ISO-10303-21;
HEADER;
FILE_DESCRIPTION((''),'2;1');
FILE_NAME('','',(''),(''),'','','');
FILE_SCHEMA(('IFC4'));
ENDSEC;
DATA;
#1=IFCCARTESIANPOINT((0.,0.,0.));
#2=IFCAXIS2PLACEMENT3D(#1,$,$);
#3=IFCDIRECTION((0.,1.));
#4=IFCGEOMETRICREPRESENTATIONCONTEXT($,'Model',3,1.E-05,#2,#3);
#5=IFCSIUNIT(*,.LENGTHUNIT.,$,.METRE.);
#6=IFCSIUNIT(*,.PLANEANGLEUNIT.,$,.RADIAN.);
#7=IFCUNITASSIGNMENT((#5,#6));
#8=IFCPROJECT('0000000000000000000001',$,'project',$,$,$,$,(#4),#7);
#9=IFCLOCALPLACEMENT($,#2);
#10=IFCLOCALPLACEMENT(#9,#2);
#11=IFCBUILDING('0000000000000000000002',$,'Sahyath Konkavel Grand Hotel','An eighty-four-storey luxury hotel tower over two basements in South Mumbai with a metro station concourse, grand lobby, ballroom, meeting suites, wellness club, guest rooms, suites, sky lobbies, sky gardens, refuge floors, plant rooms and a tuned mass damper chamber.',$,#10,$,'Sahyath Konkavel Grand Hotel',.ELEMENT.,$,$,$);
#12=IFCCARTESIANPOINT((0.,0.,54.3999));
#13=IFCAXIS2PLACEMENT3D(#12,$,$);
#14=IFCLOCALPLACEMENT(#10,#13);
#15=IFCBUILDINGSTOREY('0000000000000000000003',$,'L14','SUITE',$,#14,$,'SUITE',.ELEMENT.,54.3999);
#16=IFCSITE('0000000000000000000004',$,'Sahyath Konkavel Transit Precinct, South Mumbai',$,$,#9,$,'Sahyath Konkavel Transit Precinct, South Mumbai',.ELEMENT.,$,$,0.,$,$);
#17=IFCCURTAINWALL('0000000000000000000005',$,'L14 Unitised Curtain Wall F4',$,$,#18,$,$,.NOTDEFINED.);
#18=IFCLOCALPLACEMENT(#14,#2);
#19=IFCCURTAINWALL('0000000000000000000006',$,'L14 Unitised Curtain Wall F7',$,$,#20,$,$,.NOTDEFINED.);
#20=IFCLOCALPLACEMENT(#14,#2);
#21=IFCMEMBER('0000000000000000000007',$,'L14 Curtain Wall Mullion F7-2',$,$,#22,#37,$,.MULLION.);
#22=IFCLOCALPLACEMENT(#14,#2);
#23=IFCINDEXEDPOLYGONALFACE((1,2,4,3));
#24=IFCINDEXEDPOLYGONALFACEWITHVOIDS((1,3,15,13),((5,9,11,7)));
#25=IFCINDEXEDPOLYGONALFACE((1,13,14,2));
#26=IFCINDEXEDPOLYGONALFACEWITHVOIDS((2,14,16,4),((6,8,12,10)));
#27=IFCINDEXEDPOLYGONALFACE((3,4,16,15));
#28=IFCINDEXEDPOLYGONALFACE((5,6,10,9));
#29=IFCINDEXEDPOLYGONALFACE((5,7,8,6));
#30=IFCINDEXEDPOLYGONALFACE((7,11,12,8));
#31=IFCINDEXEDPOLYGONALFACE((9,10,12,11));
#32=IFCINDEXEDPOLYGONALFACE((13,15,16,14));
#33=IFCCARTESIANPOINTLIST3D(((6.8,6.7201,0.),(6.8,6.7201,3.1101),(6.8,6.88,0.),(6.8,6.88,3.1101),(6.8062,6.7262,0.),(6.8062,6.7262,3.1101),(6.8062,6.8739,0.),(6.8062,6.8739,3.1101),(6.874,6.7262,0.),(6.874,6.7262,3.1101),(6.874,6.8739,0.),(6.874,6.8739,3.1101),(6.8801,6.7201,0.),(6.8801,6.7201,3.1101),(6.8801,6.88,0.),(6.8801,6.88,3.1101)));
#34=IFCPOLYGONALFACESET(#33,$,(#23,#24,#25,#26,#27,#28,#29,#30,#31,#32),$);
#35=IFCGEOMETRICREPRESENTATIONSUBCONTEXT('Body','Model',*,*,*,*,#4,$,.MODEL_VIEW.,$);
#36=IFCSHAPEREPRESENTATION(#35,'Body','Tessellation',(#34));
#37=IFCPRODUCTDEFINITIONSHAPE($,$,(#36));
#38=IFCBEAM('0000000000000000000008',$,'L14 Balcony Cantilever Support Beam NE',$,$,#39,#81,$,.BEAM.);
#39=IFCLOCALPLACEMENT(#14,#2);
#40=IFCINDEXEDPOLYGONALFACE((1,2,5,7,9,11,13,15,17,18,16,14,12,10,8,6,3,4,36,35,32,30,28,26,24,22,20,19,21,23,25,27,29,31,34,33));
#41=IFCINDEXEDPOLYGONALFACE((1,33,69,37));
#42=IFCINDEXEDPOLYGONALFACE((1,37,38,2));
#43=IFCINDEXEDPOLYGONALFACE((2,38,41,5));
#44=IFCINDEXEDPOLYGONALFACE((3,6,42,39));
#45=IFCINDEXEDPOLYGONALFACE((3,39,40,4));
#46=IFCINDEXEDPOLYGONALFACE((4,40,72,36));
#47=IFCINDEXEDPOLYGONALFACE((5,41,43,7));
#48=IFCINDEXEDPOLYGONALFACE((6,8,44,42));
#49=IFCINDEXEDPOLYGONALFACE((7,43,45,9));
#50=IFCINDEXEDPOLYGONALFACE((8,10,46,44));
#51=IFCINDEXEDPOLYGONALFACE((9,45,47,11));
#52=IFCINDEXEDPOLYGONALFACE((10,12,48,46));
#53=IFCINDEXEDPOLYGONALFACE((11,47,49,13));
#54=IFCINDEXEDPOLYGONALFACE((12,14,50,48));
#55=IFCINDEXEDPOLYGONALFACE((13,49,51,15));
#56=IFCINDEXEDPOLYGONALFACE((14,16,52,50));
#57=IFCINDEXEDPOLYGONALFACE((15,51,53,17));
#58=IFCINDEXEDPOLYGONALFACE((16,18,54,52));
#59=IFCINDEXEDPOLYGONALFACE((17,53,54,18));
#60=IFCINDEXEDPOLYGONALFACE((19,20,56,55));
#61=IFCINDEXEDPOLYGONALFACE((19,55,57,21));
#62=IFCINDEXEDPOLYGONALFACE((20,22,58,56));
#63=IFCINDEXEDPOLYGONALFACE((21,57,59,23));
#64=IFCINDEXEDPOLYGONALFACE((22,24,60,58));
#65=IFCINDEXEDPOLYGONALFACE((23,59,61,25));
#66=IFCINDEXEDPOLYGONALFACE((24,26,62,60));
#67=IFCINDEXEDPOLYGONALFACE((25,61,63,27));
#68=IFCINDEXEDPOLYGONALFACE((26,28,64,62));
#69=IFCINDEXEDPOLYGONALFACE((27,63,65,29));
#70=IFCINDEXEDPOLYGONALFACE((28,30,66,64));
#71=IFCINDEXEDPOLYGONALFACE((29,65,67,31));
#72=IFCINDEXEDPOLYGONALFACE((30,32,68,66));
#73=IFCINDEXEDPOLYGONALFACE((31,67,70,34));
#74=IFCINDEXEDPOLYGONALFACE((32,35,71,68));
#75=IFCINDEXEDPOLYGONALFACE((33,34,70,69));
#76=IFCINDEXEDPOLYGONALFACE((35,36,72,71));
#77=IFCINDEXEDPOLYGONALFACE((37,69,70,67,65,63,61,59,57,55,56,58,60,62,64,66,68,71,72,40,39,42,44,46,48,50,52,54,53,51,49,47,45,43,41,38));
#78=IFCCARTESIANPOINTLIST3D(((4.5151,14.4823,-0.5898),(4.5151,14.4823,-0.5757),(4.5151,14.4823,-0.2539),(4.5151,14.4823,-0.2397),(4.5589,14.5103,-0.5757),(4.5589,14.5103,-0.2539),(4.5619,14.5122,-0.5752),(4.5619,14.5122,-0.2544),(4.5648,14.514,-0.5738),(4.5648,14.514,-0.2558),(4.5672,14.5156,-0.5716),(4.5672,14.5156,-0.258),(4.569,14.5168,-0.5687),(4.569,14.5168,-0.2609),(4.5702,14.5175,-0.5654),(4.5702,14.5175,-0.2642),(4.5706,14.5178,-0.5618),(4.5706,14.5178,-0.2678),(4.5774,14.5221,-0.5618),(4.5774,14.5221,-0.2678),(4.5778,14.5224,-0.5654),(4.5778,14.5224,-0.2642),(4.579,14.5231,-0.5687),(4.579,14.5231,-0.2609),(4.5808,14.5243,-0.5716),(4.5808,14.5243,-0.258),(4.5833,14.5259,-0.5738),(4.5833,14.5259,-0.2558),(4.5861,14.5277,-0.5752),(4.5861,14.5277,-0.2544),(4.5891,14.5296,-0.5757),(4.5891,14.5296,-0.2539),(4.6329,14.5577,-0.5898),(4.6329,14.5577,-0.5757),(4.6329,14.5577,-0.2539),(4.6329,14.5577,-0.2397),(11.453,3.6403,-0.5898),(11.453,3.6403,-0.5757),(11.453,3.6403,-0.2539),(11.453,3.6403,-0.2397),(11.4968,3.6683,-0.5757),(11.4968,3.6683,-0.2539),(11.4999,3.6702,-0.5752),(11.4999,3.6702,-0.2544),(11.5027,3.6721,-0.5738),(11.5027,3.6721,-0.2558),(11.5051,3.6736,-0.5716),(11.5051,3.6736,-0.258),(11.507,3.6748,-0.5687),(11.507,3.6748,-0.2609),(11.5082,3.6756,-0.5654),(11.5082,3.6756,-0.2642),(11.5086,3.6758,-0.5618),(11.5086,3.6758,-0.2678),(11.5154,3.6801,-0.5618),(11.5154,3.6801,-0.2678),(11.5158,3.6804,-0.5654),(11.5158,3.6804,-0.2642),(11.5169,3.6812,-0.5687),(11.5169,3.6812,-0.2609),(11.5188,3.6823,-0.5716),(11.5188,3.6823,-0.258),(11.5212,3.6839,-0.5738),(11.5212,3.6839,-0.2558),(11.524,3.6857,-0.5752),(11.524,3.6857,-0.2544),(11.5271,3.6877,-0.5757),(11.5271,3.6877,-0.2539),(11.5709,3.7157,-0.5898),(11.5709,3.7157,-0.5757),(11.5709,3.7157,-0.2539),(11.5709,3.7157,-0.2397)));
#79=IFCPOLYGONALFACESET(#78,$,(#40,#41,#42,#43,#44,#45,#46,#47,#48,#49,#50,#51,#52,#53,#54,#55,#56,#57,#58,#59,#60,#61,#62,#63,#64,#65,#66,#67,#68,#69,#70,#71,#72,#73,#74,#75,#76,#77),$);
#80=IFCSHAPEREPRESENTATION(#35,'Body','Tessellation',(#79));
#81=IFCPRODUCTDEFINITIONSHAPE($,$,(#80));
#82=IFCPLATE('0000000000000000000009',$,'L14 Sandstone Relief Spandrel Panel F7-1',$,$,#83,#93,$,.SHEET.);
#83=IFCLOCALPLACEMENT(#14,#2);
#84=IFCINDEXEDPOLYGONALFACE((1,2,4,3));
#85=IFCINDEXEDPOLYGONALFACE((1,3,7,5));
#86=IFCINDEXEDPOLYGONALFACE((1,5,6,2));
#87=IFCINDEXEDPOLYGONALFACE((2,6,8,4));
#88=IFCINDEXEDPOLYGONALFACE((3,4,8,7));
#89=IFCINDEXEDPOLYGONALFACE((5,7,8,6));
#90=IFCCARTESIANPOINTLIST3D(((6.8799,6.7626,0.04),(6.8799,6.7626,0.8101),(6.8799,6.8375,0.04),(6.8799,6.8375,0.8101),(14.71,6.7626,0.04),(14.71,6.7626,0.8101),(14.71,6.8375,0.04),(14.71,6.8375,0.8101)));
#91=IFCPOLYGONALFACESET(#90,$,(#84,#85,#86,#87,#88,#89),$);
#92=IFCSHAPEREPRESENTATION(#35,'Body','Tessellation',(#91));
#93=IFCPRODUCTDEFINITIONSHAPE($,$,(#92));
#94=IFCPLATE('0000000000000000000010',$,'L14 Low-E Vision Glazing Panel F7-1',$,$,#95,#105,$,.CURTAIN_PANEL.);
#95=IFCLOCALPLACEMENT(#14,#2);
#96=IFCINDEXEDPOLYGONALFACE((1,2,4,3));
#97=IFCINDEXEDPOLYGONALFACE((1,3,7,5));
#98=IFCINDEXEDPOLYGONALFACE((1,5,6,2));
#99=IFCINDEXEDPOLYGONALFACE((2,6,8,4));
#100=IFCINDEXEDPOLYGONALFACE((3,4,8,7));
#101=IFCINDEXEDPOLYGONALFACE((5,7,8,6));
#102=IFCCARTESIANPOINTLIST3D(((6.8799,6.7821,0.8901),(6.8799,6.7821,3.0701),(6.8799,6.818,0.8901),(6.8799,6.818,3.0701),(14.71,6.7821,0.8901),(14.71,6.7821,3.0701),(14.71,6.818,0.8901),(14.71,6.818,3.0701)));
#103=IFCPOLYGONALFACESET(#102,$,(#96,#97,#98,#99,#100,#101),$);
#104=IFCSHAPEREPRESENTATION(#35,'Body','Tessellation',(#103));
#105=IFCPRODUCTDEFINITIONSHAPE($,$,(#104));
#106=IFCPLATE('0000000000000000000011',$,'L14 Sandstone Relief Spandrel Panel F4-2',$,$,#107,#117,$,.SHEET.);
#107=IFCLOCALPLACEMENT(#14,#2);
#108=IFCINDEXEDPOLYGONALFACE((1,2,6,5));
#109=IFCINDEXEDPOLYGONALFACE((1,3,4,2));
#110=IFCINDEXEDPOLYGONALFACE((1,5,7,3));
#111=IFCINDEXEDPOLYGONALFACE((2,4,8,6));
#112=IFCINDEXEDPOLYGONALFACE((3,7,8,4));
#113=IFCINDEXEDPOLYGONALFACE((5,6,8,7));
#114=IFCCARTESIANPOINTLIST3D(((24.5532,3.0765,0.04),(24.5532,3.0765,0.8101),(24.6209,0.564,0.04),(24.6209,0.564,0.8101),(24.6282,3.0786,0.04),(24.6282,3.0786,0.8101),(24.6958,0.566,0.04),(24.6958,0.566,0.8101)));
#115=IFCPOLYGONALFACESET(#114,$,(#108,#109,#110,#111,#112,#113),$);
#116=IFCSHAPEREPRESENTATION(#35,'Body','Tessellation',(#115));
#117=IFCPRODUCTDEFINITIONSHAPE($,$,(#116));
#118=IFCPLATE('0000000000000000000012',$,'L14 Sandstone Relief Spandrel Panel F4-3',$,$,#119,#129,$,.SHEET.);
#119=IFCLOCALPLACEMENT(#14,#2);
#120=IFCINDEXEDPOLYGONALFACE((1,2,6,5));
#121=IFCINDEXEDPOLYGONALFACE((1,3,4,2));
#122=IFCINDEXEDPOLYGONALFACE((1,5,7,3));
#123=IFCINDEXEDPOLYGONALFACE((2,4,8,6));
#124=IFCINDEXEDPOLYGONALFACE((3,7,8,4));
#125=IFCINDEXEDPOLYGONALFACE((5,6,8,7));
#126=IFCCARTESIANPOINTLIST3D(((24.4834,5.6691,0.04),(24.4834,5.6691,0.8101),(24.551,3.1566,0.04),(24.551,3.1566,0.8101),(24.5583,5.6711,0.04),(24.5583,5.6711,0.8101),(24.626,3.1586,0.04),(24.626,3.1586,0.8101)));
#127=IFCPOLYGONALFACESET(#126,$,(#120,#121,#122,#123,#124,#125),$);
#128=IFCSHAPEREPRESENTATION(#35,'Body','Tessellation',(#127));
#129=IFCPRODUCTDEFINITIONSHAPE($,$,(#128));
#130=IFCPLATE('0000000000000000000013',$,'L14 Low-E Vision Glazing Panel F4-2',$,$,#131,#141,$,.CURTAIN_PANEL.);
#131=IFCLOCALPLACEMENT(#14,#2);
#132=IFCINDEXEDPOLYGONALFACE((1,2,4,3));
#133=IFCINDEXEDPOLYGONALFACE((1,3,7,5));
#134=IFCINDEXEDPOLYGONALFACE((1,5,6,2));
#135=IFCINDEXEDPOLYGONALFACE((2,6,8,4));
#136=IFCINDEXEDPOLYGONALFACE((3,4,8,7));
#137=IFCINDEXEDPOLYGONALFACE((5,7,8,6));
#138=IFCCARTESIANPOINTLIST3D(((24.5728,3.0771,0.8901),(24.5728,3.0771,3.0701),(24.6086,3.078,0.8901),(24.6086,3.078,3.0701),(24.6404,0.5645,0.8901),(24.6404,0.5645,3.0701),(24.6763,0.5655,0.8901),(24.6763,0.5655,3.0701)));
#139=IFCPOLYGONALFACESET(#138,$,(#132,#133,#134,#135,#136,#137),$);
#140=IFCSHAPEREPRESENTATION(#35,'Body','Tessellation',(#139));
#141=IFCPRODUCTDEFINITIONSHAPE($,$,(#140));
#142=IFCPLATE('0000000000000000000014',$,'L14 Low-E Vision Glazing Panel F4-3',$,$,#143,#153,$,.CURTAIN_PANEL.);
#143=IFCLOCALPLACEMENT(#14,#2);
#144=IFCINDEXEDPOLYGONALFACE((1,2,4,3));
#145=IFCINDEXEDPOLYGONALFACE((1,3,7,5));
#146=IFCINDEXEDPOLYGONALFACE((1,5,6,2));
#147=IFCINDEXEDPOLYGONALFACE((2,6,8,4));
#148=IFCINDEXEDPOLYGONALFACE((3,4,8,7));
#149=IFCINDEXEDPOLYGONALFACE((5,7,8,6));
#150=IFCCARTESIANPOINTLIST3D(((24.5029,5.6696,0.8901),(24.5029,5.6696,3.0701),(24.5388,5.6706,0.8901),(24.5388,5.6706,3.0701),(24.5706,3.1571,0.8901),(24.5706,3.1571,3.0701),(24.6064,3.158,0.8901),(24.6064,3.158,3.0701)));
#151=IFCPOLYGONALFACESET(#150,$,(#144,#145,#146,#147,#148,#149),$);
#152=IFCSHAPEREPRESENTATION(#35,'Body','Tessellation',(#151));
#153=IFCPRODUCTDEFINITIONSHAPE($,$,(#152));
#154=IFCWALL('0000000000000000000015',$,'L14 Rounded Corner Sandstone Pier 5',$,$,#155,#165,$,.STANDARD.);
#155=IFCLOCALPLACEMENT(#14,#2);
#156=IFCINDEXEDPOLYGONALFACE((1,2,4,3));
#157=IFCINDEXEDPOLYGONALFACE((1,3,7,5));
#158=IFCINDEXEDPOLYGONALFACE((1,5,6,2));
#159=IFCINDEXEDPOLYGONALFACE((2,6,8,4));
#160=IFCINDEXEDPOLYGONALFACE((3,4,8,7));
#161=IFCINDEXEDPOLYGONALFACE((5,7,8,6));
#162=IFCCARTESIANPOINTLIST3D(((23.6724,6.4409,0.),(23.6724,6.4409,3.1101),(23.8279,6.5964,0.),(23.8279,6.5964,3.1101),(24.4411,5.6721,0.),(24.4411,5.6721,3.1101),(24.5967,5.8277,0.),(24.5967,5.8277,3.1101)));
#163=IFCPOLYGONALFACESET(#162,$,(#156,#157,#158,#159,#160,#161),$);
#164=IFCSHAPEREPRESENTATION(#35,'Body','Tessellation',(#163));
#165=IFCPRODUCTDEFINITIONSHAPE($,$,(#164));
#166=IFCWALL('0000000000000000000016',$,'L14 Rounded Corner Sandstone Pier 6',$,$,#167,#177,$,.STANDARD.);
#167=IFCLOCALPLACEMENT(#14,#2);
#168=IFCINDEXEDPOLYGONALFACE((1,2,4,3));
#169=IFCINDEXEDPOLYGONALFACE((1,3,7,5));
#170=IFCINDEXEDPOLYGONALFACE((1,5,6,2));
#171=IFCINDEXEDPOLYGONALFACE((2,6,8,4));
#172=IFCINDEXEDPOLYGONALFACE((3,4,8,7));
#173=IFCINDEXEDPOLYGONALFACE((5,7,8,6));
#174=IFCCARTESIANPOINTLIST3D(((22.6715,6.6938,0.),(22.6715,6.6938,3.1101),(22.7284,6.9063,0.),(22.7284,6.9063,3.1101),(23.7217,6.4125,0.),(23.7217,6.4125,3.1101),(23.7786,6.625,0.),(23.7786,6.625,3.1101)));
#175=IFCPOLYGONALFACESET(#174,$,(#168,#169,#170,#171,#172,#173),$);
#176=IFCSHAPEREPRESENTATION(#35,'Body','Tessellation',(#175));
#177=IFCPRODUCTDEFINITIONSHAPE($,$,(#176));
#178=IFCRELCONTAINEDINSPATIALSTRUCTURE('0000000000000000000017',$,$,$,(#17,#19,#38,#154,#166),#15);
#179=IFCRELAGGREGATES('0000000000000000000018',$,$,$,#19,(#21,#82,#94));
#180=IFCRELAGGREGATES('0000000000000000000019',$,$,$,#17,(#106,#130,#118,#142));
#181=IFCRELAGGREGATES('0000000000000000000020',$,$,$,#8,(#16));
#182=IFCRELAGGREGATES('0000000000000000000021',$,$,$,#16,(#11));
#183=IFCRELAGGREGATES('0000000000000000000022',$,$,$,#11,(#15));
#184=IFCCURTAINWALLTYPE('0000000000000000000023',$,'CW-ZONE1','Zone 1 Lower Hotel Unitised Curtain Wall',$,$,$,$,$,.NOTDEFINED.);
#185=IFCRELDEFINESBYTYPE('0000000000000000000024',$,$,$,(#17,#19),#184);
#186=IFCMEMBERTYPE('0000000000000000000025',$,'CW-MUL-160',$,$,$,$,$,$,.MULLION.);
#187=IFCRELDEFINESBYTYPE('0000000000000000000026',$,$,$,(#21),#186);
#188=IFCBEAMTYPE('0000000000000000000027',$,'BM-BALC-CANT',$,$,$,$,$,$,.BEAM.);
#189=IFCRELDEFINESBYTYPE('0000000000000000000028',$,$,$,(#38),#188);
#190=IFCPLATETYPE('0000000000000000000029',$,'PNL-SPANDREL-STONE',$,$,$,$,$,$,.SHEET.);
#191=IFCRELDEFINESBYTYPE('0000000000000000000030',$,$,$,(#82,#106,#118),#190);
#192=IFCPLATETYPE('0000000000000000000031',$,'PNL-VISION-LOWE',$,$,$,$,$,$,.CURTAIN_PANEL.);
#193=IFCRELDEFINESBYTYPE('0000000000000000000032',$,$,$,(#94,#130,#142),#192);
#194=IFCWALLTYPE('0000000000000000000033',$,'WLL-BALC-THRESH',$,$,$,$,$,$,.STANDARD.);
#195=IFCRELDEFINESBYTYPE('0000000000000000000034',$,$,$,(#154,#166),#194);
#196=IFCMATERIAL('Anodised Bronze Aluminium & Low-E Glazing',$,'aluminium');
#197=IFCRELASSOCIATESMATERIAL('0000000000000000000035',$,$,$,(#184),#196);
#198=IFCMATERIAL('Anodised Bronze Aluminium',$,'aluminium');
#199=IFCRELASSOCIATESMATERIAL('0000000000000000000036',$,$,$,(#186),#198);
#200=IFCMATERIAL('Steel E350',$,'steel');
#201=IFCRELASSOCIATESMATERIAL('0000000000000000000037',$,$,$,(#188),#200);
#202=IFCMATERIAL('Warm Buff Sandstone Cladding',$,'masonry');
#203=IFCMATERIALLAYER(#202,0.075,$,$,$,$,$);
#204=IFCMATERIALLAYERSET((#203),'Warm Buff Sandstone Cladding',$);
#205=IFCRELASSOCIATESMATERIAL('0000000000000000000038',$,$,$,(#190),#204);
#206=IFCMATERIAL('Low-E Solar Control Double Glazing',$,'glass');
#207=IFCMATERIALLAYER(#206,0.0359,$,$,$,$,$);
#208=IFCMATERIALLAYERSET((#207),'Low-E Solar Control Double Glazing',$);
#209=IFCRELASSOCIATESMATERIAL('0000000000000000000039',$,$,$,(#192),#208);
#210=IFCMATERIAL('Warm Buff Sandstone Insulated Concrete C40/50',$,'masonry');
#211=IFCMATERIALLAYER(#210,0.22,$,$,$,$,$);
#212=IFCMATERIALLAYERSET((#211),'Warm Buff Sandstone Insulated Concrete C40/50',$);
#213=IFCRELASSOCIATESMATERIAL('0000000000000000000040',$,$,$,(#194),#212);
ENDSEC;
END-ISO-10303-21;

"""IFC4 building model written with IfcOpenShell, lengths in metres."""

from ifc_helpers import new_model, si_unit, direction, frame, frame_2d, origin, origin_2d, place, context, subcontext, project, spatial, rectangle, hollow_rectangle, i_section, extrude, source, transform, mapped, material, layer, layer_set, material_profile, profile_set, type_object, element, aggregate, save


model = new_model("IFC4")

# Units and contexts
model_context = context("Model", 3, precision=1e-05, world=origin(), true_north=direction((0.0, 1.0)))
body_context = subcontext(model_context, "Body", "Model", "MODEL_VIEW")
ifc_project = project(units=[si_unit("LENGTHUNIT", "METRE"), si_unit("PLANEANGLEUNIT", "RADIAN")], contexts=[model_context])

# Site, building, storey
site_placement = place(None, origin())
site = spatial("IfcSite", under=ifc_project, at=site_placement, Name="Sahyath Konkavel Transit Precinct, South Mumbai", LongName="Sahyath Konkavel Transit Precinct, South Mumbai", CompositionType="ELEMENT", RefElevation=0.0)
building_placement = place(site_placement, origin())
building = spatial("IfcBuilding", under=site, at=building_placement, Name="Sahyath Konkavel Grand Hotel", Description="An eighty-four-storey luxury hotel tower over two basements in South Mumbai with a metro station concourse, grand lobby, ballroom, meeting suites, wellness club, guest rooms, suites, sky lobbies, sky gardens, refuge floors, plant rooms and a tuned mass damper chamber.", LongName="Sahyath Konkavel Grand Hotel", CompositionType="ELEMENT")
storey_placement = place(building_placement, frame((0.0, 0.0, 54.3999)))
storey = spatial("IfcBuildingStorey", under=building, at=storey_placement, Name="L14", Description="SUITE", LongName="SUITE", CompositionType="ELEMENT", Elevation=54.3999)

# Shared definitions
ifc_material_1 = material(Name="Steel E350", Category="steel")

# Curtain walls, member
ifc_material_2 = material(Name="Anodised Bronze Aluminium & Low-E Glazing", Category="aluminium")
curtain_wall_type = type_object("IfcCurtainWallType", Name="CW-ZONE1", Description="Zone 1 Lower Hotel Unitised Curtain Wall", PredefinedType="NOTDEFINED", material=ifc_material_2)
curtain_wall_1_placement = place(storey_placement, origin())
curtain_wall_1 = element("IfcCurtainWall", 1, at=curtain_wall_1_placement, inside=storey, type_object=curtain_wall_type, Name="L14 Unitised Curtain Wall F4", PredefinedType="NOTDEFINED")
ifc_material_3 = material(Name="Anodised Bronze Aluminium", Category="aluminium")
ifc_material_profile_1 = material_profile(ifc_material_3, hollow_rectangle(XDim=0.0801, YDim=0.1599, WallThickness=0.0061, at=origin_2d()), Name="RHS 160x80x6")
ifc_profile_set_1 = profile_set([ifc_material_profile_1], Name="Anodised Bronze Aluminium")
member_type_1 = type_object("IfcMemberType", Name="CW-MUL-160", PredefinedType="MULLION", material=ifc_profile_set_1)
shared_shape_1 = source(origin(), body_context, "Body", "SweptSolid", [
    extrude(hollow_rectangle(XDim=0.0801, YDim=0.1599, WallThickness=0.0061, at=origin_2d()), origin(), (0.0, 0.0, 1.0), 3.1101),
])
curtain_wall_2_placement = place(storey_placement, origin())
curtain_wall_2 = element("IfcCurtainWall", 2, at=curtain_wall_2_placement, inside=storey, type_object=curtain_wall_type, Name="L14 Unitised Curtain Wall F7", PredefinedType="NOTDEFINED")
member_1_placement = place(storey_placement, frame((6.8401, 6.8, 0.0), z_axis=(0.0, 0.0, 1.0), x_axis=(1.0, 0.0, 0.0)))
member_1 = element("IfcMember", 3, at=member_1_placement, type_object=member_type_1, Name="L14 Curtain Wall Mullion F7-2", PredefinedType="MULLION", context=body_context, shape_type="MappedRepresentation", body=[
    mapped(shared_shape_1, transform((0.0, 0.0, 0.0), scale=1.0)),
])

# Beam
ifc_material_profile_2 = material_profile(ifc_material_1, i_section(OverallWidth=0.1399, OverallDepth=0.3501, WebThickness=0.0081, FlangeThickness=0.0142, FilletRadius=0.0139, at=origin_2d()), Name="ISMB 350")
ifc_profile_set_2 = profile_set([ifc_material_profile_2], Name="Steel E350")
beam_type_1 = type_object("IfcBeamType", Name="BM-BALC-CANT", PredefinedType="BEAM", material=ifc_profile_set_2)
shared_shape_2 = source(origin(), body_context, "Body", "SweptSolid", [
    extrude(i_section(OverallWidth=0.1399, OverallDepth=0.3501, WebThickness=0.0081, FlangeThickness=0.0142, FilletRadius=0.0139, at=origin_2d()), origin(), (0.0, 0.0, 1.0), 12.8718),
])
beam_1_placement = place(storey_placement, frame((11.512, 3.678, -0.4148), z_axis=(-0.539003, 0.842304, 0.0), x_axis=(-0.842304, -0.539003, 0.0)))
element("IfcBeam", 4, at=beam_1_placement, inside=storey, type_object=beam_type_1, Name="L14 Balcony Cantilever Support Beam NE", PredefinedType="BEAM", context=body_context, shape_type="MappedRepresentation", body=[
    mapped(shared_shape_2, transform((0.0, 0.0, 0.0), scale=1.0)),
])

# Plates
ifc_material_4 = material(Name="Warm Buff Sandstone Cladding", Category="masonry")
ifc_layer_1 = layer(ifc_material_4, 0.075)
ifc_layer_set_1 = layer_set([ifc_layer_1], Name="Warm Buff Sandstone Cladding")
plate_type_1 = type_object("IfcPlateType", Name="PNL-SPANDREL-STONE", PredefinedType="SHEET", material=ifc_layer_set_1)
shared_shape_3 = source(origin(), body_context, "Body", "SweptSolid", [
    extrude(rectangle(XDim=7.8301, YDim=0.075, at=origin_2d()), origin(), (0.0, 0.0, 1.0), 0.77),
])
plate_1_placement = place(storey_placement, frame((10.7949, 6.8, 0.04), z_axis=(0.0, 0.0, 1.0), x_axis=(-1.0, 0.0, 0.0)))
plate_1 = element("IfcPlate", 5, at=plate_1_placement, type_object=plate_type_1, Name="L14 Sandstone Relief Spandrel Panel F7-1", PredefinedType="SHEET", context=body_context, shape_type="MappedRepresentation", body=[
    mapped(shared_shape_3, transform((0.0, 0.0, 0.0), scale=1.0)),
])
ifc_material_5 = material(Name="Low-E Solar Control Double Glazing", Category="glass")
ifc_layer_2 = layer(ifc_material_5, 0.0359)
ifc_layer_set_2 = layer_set([ifc_layer_2], Name="Low-E Solar Control Double Glazing")
plate_type_2 = type_object("IfcPlateType", Name="PNL-VISION-LOWE", PredefinedType="CURTAIN_PANEL", material=ifc_layer_set_2)
shared_shape_4 = source(origin(), body_context, "Body", "SweptSolid", [
    extrude(rectangle(XDim=7.8301, YDim=0.0359, at=origin_2d()), origin(), (0.0, 0.0, 1.0), 2.1799),
])
plate_2_placement = place(storey_placement, frame((10.7949, 6.8, 0.8901), z_axis=(0.0, 0.0, 1.0), x_axis=(-1.0, 0.0, 0.0)))
plate_2 = element("IfcPlate", 6, at=plate_2_placement, type_object=plate_type_2, Name="L14 Low-E Vision Glazing Panel F7-1", PredefinedType="CURTAIN_PANEL", context=body_context, shape_type="MappedRepresentation", body=[
    mapped(shared_shape_4, transform((0.0, 0.0, 0.0), scale=1.0)),
])
aggregate(curtain_wall_2, [member_1, plate_1, plate_2])
shared_shape_5 = source(origin(), body_context, "Body", "SweptSolid", [
    extrude(rectangle(XDim=2.5134, YDim=0.075, at=origin_2d()), origin(), (0.0, 0.0, 1.0), 0.77),
])
plate_3_placement = place(storey_placement, frame((24.6245, 1.8213, 0.04), z_axis=(0.0, 0.0, 1.0), x_axis=(-0.02691, 0.999638, 0.0)))
plate_3 = element("IfcPlate", 7, at=plate_3_placement, type_object=plate_type_1, Name="L14 Sandstone Relief Spandrel Panel F4-2", PredefinedType="SHEET", context=body_context, shape_type="MappedRepresentation", body=[
    mapped(shared_shape_5, transform((0.0, 0.0, 0.0), scale=1.0)),
])
plate_4_placement = place(storey_placement, frame((24.5547, 4.4138, 0.04), z_axis=(0.0, 0.0, 1.0), x_axis=(-0.02691, 0.999638, 0.0)))
plate_4 = element("IfcPlate", 8, at=plate_4_placement, type_object=plate_type_1, Name="L14 Sandstone Relief Spandrel Panel F4-3", PredefinedType="SHEET", context=body_context, shape_type="MappedRepresentation", body=[
    mapped(shared_shape_5, transform((0.0, 0.0, 0.0), scale=1.0)),
])
shared_shape_6 = source(origin(), body_context, "Body", "SweptSolid", [
    extrude(rectangle(XDim=2.5134, YDim=0.0359, at=origin_2d()), origin(), (0.0, 0.0, 1.0), 2.1799),
])
plate_5_placement = place(storey_placement, frame((24.6245, 1.8213, 0.8901), z_axis=(0.0, 0.0, 1.0), x_axis=(-0.02691, 0.999638, 0.0)))
plate_5 = element("IfcPlate", 9, at=plate_5_placement, type_object=plate_type_2, Name="L14 Low-E Vision Glazing Panel F4-2", PredefinedType="CURTAIN_PANEL", context=body_context, shape_type="MappedRepresentation", body=[
    mapped(shared_shape_6, transform((0.0, 0.0, 0.0), scale=1.0)),
])
plate_6_placement = place(storey_placement, frame((24.5547, 4.4138, 0.8901), z_axis=(0.0, 0.0, 1.0), x_axis=(-0.02691, 0.999638, 0.0)))
plate_6 = element("IfcPlate", 10, at=plate_6_placement, type_object=plate_type_2, Name="L14 Low-E Vision Glazing Panel F4-3", PredefinedType="CURTAIN_PANEL", context=body_context, shape_type="MappedRepresentation", body=[
    mapped(shared_shape_6, transform((0.0, 0.0, 0.0), scale=1.0)),
])
aggregate(curtain_wall_1, [plate_3, plate_5, plate_4, plate_6])

# Walls
ifc_material_6 = material(Name="Warm Buff Sandstone Insulated Concrete C40/50", Category="masonry")
ifc_layer_3 = layer(ifc_material_6, 0.22)
ifc_layer_set_3 = layer_set([ifc_layer_3], Name="Warm Buff Sandstone Insulated Concrete C40/50")
wall_type_1 = type_object("IfcWallType", Name="WLL-BALC-THRESH", PredefinedType="STANDARD", material=ifc_layer_set_3)
for number, where, z_axis, x_axis, name in (
    (11, (24.5188, 5.75, 0.0), (0.0, 0.0, 1.0), (-0.707107, 0.707107, 0.0), "L14 Rounded Corner Sandstone Pier 5"),
    (12, (23.75, 6.5188, 0.0), (0.0, 0.0, 1.0), (-0.965951, 0.258725, 0.0), "L14 Rounded Corner Sandstone Pier 6"),
):
    element("IfcWall", number, at=place(storey_placement, frame(where, z_axis=z_axis, x_axis=x_axis)), inside=storey, type_object=wall_type_1, Name=name, PredefinedType="STANDARD", context=body_context, shape_type="SweptSolid", body=[
        extrude(rectangle(XDim=1.0872, YDim=0.22, at=frame_2d((0.5435, 0.0))), origin(), (0.0, 0.0, 1.0), 3.1101),
    ])

save(model, "model.ifc")
